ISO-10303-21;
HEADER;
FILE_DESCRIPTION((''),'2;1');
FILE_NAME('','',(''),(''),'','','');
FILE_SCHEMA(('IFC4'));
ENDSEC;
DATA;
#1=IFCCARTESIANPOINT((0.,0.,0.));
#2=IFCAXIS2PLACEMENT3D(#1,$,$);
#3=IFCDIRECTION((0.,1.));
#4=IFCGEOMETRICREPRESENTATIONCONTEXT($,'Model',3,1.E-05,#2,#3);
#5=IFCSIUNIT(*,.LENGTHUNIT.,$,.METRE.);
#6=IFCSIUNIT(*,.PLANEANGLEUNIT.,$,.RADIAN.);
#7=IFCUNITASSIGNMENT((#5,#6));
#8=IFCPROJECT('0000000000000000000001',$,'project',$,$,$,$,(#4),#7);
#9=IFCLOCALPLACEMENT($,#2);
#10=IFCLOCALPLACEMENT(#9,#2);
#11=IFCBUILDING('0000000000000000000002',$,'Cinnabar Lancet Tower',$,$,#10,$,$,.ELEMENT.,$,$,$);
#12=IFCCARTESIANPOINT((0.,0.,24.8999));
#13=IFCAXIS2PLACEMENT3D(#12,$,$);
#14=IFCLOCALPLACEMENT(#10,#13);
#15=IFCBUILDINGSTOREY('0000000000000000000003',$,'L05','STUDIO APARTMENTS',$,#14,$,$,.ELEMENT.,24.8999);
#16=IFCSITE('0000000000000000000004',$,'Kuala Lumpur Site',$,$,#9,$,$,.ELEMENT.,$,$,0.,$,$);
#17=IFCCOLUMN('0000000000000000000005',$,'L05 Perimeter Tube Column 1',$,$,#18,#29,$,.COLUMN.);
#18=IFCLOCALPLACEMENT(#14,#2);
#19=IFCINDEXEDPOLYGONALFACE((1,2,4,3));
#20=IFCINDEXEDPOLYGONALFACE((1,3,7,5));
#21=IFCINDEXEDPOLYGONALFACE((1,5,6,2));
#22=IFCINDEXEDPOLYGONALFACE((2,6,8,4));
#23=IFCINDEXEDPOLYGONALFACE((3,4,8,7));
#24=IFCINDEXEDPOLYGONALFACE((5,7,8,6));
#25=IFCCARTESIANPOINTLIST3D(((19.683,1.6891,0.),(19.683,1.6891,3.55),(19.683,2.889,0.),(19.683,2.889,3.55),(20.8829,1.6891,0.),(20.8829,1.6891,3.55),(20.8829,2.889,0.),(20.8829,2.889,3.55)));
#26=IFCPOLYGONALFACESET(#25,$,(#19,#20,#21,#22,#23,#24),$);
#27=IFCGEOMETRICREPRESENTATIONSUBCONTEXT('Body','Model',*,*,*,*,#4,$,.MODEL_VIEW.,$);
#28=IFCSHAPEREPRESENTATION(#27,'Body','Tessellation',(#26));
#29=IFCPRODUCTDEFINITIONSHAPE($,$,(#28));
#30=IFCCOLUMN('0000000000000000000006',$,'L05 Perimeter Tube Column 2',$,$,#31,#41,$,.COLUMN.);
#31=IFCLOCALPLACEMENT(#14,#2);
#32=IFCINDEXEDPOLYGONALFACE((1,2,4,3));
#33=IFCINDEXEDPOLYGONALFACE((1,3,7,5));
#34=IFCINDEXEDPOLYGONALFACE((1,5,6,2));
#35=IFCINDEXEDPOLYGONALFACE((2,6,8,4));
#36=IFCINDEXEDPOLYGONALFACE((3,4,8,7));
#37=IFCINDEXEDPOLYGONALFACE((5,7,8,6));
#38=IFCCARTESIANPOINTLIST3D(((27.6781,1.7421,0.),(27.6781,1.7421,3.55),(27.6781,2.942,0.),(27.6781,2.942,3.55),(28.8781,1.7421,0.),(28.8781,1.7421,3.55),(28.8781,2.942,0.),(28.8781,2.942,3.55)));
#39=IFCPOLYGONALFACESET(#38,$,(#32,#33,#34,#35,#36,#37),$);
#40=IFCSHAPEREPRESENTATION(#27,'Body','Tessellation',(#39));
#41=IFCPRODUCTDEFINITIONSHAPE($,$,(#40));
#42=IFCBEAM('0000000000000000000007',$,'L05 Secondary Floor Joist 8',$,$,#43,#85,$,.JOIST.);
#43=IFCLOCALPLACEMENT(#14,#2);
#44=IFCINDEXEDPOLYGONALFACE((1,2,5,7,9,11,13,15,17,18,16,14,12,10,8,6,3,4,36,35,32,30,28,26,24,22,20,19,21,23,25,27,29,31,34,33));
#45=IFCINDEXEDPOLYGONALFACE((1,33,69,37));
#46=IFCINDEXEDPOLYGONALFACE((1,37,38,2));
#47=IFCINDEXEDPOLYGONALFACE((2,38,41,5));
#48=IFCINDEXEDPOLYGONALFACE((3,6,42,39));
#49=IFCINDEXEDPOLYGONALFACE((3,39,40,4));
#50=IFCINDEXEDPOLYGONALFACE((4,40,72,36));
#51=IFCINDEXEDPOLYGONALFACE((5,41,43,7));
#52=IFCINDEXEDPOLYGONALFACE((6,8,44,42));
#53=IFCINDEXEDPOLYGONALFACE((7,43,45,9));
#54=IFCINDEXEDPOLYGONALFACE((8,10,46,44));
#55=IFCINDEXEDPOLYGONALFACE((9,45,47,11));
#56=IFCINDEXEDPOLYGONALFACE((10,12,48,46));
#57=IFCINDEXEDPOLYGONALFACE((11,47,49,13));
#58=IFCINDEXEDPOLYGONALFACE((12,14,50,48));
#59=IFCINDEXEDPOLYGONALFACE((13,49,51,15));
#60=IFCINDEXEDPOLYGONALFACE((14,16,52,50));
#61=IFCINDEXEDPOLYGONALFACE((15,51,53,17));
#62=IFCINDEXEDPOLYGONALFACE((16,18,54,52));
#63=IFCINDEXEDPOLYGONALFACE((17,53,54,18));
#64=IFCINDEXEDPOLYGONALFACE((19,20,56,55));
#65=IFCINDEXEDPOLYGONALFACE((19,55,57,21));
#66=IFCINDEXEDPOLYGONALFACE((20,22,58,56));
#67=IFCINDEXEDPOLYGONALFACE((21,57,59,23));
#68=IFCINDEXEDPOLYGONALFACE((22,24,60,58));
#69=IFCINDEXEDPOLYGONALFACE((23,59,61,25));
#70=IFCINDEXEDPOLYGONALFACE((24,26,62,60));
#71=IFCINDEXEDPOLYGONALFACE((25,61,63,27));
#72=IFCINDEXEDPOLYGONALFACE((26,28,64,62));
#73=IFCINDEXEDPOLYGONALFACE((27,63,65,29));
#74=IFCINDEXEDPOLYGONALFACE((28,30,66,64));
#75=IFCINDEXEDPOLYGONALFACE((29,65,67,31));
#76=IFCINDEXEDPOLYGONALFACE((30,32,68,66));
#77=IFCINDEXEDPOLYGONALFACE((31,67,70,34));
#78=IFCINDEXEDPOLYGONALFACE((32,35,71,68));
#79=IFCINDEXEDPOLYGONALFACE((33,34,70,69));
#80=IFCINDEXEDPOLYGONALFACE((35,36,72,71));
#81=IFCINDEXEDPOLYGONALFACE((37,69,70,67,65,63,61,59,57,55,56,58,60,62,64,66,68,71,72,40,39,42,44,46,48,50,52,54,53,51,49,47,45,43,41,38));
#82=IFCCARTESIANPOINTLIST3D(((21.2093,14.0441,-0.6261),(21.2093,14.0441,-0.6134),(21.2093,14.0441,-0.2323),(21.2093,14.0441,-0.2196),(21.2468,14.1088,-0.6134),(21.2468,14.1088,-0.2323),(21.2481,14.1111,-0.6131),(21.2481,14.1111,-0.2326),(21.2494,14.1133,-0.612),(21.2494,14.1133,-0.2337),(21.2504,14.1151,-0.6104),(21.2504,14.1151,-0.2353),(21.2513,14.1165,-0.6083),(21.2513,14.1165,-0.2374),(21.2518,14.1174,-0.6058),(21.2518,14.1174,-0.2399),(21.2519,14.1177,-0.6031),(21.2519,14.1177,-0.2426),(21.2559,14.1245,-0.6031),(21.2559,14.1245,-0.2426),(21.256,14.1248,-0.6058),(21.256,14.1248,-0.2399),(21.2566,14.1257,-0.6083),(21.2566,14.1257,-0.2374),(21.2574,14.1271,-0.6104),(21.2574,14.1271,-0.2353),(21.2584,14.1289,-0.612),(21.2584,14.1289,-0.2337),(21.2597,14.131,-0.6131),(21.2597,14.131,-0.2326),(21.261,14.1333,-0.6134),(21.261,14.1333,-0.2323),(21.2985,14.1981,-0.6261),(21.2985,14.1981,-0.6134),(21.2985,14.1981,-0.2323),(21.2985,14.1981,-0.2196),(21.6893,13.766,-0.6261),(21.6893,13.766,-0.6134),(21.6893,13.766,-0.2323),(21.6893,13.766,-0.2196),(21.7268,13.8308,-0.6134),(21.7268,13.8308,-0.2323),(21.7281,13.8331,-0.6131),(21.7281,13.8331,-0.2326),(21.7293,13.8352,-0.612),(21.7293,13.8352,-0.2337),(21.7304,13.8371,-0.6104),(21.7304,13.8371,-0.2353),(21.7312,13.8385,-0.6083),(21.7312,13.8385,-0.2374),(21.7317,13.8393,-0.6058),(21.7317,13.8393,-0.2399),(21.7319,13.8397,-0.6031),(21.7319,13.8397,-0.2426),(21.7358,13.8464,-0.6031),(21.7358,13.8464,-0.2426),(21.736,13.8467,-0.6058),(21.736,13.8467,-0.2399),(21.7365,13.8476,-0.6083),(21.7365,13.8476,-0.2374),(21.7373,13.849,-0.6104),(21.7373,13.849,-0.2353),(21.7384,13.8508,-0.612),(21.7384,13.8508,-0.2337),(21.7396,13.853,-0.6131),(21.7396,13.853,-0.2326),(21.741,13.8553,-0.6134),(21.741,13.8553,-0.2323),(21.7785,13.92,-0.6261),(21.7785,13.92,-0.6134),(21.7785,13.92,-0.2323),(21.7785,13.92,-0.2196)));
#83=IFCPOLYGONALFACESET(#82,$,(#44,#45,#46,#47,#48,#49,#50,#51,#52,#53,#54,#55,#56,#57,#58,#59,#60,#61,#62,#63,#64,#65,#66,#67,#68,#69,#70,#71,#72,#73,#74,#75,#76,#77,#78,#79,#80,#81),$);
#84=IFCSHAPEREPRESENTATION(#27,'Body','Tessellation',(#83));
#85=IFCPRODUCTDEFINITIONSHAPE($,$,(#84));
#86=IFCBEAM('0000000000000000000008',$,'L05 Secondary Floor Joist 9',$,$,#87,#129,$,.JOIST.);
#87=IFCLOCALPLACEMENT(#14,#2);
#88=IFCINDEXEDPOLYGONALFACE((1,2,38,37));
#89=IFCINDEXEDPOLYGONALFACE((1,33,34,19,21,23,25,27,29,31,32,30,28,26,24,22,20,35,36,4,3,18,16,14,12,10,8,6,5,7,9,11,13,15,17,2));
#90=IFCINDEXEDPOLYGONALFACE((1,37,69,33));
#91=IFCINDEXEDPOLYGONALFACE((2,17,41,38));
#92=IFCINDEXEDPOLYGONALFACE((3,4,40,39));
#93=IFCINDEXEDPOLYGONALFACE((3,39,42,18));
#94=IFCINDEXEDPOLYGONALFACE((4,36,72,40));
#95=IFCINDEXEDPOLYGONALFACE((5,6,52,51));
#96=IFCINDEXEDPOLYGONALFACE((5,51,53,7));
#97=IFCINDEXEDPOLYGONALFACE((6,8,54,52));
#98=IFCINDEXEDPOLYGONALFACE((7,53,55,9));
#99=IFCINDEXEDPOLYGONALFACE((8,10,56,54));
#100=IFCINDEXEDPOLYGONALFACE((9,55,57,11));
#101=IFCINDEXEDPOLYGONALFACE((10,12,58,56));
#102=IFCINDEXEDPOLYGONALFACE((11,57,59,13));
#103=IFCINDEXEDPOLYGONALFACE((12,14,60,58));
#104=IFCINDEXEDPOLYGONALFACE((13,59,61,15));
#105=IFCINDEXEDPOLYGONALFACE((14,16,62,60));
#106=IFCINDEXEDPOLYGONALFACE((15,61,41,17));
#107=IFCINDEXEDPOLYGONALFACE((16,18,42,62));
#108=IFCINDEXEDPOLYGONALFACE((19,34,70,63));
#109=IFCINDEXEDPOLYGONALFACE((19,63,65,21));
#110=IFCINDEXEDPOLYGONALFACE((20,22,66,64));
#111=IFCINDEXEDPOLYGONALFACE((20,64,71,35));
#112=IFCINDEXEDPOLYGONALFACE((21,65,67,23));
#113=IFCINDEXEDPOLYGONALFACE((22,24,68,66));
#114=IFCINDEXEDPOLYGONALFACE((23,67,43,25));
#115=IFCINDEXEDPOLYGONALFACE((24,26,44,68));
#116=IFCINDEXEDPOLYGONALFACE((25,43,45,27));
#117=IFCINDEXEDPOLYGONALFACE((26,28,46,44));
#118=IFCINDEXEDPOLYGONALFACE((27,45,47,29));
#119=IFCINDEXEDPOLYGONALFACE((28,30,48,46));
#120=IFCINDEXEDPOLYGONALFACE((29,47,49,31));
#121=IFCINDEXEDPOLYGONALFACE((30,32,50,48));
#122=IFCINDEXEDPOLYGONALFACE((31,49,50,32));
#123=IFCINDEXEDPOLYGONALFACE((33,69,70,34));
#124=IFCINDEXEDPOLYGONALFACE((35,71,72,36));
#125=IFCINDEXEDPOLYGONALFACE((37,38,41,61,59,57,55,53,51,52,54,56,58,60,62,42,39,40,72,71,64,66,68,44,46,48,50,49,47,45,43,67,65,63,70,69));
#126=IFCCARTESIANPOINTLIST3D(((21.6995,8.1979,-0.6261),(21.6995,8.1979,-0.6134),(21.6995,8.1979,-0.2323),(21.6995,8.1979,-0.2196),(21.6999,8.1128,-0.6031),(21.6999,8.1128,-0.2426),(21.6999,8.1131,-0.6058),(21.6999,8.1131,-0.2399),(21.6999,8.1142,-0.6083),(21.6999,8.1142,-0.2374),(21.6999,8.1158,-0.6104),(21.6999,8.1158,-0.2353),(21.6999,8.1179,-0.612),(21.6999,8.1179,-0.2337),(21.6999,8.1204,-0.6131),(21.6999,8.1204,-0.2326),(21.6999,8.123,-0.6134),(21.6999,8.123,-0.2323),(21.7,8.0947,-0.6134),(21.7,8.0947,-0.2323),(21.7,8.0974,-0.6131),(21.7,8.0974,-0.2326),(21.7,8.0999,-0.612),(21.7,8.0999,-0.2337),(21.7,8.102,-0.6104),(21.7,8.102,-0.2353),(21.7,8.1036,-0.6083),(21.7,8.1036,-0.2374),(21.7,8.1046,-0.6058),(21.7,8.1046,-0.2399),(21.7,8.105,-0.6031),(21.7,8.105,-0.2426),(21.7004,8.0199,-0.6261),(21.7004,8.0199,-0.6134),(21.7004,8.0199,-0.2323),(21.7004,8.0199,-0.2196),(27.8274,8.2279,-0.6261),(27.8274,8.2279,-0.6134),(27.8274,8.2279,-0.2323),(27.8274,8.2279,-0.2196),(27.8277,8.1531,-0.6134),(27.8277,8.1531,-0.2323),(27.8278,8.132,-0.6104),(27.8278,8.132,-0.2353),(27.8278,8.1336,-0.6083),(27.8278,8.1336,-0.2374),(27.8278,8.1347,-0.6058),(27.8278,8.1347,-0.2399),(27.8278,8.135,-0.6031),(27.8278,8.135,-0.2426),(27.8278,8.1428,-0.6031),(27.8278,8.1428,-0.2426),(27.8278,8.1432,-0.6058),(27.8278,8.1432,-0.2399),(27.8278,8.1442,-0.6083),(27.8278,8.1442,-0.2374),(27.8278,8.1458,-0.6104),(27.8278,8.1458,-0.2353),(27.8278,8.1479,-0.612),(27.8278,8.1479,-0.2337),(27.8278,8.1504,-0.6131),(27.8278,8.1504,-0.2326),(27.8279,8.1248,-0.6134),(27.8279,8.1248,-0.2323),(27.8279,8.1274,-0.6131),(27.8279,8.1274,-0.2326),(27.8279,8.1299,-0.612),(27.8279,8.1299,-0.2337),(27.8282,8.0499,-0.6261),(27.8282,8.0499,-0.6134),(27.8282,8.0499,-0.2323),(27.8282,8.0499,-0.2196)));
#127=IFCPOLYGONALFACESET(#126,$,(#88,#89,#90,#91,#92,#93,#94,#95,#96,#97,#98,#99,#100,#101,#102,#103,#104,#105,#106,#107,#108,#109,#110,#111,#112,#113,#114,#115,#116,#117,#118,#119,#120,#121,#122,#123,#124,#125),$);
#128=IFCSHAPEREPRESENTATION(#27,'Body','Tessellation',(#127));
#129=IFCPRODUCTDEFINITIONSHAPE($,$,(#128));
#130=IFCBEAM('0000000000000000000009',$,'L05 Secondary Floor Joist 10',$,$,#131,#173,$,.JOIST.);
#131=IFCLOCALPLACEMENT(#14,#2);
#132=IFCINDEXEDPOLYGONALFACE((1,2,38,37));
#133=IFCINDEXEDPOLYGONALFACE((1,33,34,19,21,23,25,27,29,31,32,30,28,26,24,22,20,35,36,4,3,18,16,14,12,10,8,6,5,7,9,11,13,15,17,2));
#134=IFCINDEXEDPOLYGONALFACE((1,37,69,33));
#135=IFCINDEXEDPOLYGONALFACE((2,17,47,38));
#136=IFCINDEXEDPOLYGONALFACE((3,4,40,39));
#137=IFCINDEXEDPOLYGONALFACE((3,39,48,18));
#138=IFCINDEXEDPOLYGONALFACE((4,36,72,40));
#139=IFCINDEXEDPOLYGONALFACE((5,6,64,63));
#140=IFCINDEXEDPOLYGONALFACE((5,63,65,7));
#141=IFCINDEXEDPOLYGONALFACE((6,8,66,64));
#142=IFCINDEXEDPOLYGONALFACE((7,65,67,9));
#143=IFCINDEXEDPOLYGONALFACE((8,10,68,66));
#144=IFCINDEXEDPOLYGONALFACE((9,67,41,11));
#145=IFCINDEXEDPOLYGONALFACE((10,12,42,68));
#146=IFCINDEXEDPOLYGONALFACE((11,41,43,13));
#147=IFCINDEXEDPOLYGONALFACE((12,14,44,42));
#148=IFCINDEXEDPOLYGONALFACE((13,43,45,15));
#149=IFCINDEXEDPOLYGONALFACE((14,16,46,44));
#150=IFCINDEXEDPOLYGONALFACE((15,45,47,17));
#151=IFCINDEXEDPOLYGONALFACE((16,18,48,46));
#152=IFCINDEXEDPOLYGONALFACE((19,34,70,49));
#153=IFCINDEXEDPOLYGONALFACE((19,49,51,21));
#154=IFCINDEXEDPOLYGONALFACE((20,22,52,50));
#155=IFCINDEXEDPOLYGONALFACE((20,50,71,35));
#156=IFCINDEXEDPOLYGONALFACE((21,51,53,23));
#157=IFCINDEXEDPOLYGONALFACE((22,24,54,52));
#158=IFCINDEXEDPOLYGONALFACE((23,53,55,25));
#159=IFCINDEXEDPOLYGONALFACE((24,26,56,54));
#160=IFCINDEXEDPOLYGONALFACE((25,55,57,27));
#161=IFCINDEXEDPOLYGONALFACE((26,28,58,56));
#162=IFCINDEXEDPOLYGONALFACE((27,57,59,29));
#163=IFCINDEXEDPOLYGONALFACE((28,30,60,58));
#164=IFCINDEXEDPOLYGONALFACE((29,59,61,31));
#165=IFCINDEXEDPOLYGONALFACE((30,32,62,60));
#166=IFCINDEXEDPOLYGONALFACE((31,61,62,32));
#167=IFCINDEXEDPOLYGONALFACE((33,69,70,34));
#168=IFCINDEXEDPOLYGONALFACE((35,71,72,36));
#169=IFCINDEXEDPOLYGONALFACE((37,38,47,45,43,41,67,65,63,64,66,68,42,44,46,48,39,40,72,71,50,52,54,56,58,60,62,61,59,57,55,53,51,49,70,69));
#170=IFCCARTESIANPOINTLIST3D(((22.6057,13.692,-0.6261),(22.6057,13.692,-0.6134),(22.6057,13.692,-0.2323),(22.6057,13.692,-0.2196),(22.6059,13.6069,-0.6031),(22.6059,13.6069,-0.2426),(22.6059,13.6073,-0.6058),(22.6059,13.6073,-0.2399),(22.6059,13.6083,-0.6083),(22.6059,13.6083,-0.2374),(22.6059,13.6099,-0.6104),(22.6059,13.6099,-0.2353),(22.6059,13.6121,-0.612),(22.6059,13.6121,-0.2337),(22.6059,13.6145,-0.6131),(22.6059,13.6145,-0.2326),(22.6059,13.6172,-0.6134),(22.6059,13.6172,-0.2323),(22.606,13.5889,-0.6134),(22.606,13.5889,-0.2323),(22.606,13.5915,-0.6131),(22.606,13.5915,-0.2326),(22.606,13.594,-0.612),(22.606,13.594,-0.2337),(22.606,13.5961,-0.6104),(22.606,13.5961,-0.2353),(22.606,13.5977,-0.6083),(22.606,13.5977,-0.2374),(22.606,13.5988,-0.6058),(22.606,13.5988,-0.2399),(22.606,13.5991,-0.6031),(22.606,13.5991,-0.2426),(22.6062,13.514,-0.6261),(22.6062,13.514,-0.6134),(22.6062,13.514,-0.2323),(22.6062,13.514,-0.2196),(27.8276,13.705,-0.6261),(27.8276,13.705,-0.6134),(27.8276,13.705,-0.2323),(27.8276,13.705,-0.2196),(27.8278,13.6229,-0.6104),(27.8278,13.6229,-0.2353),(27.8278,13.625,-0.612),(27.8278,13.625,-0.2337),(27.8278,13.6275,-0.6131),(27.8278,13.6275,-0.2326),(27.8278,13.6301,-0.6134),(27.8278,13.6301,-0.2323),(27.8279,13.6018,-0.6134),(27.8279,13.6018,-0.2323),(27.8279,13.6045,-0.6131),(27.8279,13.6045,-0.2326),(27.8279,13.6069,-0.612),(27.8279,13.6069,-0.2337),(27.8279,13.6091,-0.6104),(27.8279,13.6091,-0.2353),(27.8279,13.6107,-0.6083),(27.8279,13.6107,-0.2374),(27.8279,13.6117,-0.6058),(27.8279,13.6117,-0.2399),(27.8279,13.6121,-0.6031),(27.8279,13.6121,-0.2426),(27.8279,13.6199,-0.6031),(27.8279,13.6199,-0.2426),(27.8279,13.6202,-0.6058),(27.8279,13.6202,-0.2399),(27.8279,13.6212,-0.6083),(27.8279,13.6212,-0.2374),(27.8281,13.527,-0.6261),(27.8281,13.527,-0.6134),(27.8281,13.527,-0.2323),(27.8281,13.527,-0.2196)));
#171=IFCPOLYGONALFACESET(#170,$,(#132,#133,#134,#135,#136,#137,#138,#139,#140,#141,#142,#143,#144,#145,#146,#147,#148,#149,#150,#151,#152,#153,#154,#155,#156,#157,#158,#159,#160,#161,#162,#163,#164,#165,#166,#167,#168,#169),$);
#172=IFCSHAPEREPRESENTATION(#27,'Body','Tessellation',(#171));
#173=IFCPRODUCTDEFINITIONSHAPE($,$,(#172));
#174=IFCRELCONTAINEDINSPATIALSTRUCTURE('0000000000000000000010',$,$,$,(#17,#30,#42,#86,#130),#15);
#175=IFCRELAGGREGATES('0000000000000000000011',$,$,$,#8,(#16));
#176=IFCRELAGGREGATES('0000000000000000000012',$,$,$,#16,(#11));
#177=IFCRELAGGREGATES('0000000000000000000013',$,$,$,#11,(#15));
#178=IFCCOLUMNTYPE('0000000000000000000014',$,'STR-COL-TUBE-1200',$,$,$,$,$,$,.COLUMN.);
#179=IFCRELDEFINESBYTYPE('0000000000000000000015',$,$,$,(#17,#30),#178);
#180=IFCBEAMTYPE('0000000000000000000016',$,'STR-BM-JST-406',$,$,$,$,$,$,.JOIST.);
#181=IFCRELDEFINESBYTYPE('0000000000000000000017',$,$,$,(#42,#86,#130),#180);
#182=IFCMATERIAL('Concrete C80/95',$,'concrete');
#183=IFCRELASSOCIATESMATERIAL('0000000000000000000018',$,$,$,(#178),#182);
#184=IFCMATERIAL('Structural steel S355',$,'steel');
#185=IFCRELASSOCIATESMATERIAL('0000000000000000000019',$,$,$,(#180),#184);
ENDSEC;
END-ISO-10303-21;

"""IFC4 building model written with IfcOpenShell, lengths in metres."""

from ifc_helpers import new_model, si_unit, direction, frame, origin, origin_2d, place, context, subcontext, project, spatial, rectangle, i_section, extrude, material, material_profile, profile_set, type_object, element, save


model = new_model("IFC4")

# Units and contexts
model_context = context("Model", 3, precision=1e-05, world=origin(), true_north=direction((0.0, 1.0)))
body_context = subcontext(model_context, "Body", "Model", "MODEL_VIEW")
ifc_project = project(units=[si_unit("LENGTHUNIT", "METRE"), si_unit("PLANEANGLEUNIT", "RADIAN")], contexts=[model_context])

# Site, building, storey
site_placement = place(None, origin())
site = spatial("IfcSite", under=ifc_project, at=site_placement, Name="Kuala Lumpur Site", CompositionType="ELEMENT", RefElevation=0.0)
building_placement = place(site_placement, origin())
building = spatial("IfcBuilding", under=site, at=building_placement, Name="Cinnabar Lancet Tower", CompositionType="ELEMENT")
storey_placement = place(building_placement, frame((0.0, 0.0, 24.8999)))
storey = spatial("IfcBuildingStorey", under=building, at=storey_placement, Name="L05", Description="STUDIO APARTMENTS", CompositionType="ELEMENT", Elevation=24.8999)

# Columns
ifc_material_1 = material(Name="Concrete C80/95", Category="concrete")
ifc_material_profile_1 = material_profile(ifc_material_1, rectangle(XDim=1.2, YDim=1.2, at=origin_2d()), Name="RC-COL 1200x1200")
ifc_profile_set_1 = profile_set([ifc_material_profile_1], Name="Concrete C80/95")
column_type = type_object("IfcColumnType", Name="STR-COL-TUBE-1200", PredefinedType="COLUMN", material=ifc_profile_set_1)
for number, where, z_axis, x_axis, name in (
    (1, (20.283, 2.2891, 0.0), (0.0, 0.0, 1.0), (1.0, 0.0, 0.0), "L05 Perimeter Tube Column 1"),
    (2, (28.2781, 2.342, 0.0), (0.0, 0.0, 1.0), (1.0, 0.0, 0.0), "L05 Perimeter Tube Column 2"),
):
    element("IfcColumn", number, at=place(storey_placement, frame(where, z_axis=z_axis, x_axis=x_axis)), inside=storey, type_object=column_type, Name=name, PredefinedType="COLUMN", context=body_context, shape_type="SweptSolid", body=[
        extrude(rectangle(XDim=1.2, YDim=1.2, at=origin_2d()), origin(), (0.0, 0.0, 1.0), 3.55),
    ])

# Beams
ifc_material_2 = material(Name="Structural steel S355", Category="steel")
ifc_material_profile_2 = material_profile(ifc_material_2, i_section(OverallWidth=0.178, OverallDepth=0.4065, WebThickness=0.0078, FlangeThickness=0.0127, FilletRadius=0.0103, at=origin_2d()), Name="UKB 406x178x60")
ifc_profile_set_2 = profile_set([ifc_material_profile_2], Name="Structural steel S355")
beam_type_1 = type_object("IfcBeamType", Name="STR-BM-JST-406", PredefinedType="JOIST", material=ifc_profile_set_2)
beam_1_placement = place(storey_placement, frame((21.2539, 14.1211, -0.4229), z_axis=(0.865276, -0.501296, 0.0), x_axis=(0.501296, 0.865276, 0.0)))
element("IfcBeam", 3, at=beam_1_placement, inside=storey, type_object=beam_type_1, Name="L05 Secondary Floor Joist 8", PredefinedType="JOIST", context=body_context, shape_type="SweptSolid", body=[
    extrude(i_section(OverallWidth=0.178, OverallDepth=0.4065, WebThickness=0.0078, FlangeThickness=0.0127, FilletRadius=0.0103, at=origin_2d()), origin(), (0.0, 0.0, 1.0), 0.5547),
])
beam_2_placement = place(storey_placement, frame((21.7, 8.1089, -0.4229), z_axis=(0.999988, 0.0049, 0.0), x_axis=(-0.0049, 0.999988, 0.0)))
element("IfcBeam", 4, at=beam_2_placement, inside=storey, type_object=beam_type_1, Name="L05 Secondary Floor Joist 9", PredefinedType="JOIST", context=body_context, shape_type="SweptSolid", body=[
    extrude(i_section(OverallWidth=0.178, OverallDepth=0.4065, WebThickness=0.0078, FlangeThickness=0.0127, FilletRadius=0.0103, at=origin_2d()), origin(), (0.0, 0.0, 1.0), 6.1279),
])
beam_3_placement = place(storey_placement, frame((22.606, 13.603, -0.4229), z_axis=(0.999997, 0.002478, 0.0), x_axis=(-0.002478, 0.999997, 0.0)))
element("IfcBeam", 5, at=beam_3_placement, inside=storey, type_object=beam_type_1, Name="L05 Secondary Floor Joist 10", PredefinedType="JOIST", context=body_context, shape_type="SweptSolid", body=[
    extrude(i_section(OverallWidth=0.178, OverallDepth=0.4065, WebThickness=0.0078, FlangeThickness=0.0127, FilletRadius=0.0103, at=origin_2d()), origin(), (0.0, 0.0, 1.0), 5.2219),
])

save(model, "model.ifc")
